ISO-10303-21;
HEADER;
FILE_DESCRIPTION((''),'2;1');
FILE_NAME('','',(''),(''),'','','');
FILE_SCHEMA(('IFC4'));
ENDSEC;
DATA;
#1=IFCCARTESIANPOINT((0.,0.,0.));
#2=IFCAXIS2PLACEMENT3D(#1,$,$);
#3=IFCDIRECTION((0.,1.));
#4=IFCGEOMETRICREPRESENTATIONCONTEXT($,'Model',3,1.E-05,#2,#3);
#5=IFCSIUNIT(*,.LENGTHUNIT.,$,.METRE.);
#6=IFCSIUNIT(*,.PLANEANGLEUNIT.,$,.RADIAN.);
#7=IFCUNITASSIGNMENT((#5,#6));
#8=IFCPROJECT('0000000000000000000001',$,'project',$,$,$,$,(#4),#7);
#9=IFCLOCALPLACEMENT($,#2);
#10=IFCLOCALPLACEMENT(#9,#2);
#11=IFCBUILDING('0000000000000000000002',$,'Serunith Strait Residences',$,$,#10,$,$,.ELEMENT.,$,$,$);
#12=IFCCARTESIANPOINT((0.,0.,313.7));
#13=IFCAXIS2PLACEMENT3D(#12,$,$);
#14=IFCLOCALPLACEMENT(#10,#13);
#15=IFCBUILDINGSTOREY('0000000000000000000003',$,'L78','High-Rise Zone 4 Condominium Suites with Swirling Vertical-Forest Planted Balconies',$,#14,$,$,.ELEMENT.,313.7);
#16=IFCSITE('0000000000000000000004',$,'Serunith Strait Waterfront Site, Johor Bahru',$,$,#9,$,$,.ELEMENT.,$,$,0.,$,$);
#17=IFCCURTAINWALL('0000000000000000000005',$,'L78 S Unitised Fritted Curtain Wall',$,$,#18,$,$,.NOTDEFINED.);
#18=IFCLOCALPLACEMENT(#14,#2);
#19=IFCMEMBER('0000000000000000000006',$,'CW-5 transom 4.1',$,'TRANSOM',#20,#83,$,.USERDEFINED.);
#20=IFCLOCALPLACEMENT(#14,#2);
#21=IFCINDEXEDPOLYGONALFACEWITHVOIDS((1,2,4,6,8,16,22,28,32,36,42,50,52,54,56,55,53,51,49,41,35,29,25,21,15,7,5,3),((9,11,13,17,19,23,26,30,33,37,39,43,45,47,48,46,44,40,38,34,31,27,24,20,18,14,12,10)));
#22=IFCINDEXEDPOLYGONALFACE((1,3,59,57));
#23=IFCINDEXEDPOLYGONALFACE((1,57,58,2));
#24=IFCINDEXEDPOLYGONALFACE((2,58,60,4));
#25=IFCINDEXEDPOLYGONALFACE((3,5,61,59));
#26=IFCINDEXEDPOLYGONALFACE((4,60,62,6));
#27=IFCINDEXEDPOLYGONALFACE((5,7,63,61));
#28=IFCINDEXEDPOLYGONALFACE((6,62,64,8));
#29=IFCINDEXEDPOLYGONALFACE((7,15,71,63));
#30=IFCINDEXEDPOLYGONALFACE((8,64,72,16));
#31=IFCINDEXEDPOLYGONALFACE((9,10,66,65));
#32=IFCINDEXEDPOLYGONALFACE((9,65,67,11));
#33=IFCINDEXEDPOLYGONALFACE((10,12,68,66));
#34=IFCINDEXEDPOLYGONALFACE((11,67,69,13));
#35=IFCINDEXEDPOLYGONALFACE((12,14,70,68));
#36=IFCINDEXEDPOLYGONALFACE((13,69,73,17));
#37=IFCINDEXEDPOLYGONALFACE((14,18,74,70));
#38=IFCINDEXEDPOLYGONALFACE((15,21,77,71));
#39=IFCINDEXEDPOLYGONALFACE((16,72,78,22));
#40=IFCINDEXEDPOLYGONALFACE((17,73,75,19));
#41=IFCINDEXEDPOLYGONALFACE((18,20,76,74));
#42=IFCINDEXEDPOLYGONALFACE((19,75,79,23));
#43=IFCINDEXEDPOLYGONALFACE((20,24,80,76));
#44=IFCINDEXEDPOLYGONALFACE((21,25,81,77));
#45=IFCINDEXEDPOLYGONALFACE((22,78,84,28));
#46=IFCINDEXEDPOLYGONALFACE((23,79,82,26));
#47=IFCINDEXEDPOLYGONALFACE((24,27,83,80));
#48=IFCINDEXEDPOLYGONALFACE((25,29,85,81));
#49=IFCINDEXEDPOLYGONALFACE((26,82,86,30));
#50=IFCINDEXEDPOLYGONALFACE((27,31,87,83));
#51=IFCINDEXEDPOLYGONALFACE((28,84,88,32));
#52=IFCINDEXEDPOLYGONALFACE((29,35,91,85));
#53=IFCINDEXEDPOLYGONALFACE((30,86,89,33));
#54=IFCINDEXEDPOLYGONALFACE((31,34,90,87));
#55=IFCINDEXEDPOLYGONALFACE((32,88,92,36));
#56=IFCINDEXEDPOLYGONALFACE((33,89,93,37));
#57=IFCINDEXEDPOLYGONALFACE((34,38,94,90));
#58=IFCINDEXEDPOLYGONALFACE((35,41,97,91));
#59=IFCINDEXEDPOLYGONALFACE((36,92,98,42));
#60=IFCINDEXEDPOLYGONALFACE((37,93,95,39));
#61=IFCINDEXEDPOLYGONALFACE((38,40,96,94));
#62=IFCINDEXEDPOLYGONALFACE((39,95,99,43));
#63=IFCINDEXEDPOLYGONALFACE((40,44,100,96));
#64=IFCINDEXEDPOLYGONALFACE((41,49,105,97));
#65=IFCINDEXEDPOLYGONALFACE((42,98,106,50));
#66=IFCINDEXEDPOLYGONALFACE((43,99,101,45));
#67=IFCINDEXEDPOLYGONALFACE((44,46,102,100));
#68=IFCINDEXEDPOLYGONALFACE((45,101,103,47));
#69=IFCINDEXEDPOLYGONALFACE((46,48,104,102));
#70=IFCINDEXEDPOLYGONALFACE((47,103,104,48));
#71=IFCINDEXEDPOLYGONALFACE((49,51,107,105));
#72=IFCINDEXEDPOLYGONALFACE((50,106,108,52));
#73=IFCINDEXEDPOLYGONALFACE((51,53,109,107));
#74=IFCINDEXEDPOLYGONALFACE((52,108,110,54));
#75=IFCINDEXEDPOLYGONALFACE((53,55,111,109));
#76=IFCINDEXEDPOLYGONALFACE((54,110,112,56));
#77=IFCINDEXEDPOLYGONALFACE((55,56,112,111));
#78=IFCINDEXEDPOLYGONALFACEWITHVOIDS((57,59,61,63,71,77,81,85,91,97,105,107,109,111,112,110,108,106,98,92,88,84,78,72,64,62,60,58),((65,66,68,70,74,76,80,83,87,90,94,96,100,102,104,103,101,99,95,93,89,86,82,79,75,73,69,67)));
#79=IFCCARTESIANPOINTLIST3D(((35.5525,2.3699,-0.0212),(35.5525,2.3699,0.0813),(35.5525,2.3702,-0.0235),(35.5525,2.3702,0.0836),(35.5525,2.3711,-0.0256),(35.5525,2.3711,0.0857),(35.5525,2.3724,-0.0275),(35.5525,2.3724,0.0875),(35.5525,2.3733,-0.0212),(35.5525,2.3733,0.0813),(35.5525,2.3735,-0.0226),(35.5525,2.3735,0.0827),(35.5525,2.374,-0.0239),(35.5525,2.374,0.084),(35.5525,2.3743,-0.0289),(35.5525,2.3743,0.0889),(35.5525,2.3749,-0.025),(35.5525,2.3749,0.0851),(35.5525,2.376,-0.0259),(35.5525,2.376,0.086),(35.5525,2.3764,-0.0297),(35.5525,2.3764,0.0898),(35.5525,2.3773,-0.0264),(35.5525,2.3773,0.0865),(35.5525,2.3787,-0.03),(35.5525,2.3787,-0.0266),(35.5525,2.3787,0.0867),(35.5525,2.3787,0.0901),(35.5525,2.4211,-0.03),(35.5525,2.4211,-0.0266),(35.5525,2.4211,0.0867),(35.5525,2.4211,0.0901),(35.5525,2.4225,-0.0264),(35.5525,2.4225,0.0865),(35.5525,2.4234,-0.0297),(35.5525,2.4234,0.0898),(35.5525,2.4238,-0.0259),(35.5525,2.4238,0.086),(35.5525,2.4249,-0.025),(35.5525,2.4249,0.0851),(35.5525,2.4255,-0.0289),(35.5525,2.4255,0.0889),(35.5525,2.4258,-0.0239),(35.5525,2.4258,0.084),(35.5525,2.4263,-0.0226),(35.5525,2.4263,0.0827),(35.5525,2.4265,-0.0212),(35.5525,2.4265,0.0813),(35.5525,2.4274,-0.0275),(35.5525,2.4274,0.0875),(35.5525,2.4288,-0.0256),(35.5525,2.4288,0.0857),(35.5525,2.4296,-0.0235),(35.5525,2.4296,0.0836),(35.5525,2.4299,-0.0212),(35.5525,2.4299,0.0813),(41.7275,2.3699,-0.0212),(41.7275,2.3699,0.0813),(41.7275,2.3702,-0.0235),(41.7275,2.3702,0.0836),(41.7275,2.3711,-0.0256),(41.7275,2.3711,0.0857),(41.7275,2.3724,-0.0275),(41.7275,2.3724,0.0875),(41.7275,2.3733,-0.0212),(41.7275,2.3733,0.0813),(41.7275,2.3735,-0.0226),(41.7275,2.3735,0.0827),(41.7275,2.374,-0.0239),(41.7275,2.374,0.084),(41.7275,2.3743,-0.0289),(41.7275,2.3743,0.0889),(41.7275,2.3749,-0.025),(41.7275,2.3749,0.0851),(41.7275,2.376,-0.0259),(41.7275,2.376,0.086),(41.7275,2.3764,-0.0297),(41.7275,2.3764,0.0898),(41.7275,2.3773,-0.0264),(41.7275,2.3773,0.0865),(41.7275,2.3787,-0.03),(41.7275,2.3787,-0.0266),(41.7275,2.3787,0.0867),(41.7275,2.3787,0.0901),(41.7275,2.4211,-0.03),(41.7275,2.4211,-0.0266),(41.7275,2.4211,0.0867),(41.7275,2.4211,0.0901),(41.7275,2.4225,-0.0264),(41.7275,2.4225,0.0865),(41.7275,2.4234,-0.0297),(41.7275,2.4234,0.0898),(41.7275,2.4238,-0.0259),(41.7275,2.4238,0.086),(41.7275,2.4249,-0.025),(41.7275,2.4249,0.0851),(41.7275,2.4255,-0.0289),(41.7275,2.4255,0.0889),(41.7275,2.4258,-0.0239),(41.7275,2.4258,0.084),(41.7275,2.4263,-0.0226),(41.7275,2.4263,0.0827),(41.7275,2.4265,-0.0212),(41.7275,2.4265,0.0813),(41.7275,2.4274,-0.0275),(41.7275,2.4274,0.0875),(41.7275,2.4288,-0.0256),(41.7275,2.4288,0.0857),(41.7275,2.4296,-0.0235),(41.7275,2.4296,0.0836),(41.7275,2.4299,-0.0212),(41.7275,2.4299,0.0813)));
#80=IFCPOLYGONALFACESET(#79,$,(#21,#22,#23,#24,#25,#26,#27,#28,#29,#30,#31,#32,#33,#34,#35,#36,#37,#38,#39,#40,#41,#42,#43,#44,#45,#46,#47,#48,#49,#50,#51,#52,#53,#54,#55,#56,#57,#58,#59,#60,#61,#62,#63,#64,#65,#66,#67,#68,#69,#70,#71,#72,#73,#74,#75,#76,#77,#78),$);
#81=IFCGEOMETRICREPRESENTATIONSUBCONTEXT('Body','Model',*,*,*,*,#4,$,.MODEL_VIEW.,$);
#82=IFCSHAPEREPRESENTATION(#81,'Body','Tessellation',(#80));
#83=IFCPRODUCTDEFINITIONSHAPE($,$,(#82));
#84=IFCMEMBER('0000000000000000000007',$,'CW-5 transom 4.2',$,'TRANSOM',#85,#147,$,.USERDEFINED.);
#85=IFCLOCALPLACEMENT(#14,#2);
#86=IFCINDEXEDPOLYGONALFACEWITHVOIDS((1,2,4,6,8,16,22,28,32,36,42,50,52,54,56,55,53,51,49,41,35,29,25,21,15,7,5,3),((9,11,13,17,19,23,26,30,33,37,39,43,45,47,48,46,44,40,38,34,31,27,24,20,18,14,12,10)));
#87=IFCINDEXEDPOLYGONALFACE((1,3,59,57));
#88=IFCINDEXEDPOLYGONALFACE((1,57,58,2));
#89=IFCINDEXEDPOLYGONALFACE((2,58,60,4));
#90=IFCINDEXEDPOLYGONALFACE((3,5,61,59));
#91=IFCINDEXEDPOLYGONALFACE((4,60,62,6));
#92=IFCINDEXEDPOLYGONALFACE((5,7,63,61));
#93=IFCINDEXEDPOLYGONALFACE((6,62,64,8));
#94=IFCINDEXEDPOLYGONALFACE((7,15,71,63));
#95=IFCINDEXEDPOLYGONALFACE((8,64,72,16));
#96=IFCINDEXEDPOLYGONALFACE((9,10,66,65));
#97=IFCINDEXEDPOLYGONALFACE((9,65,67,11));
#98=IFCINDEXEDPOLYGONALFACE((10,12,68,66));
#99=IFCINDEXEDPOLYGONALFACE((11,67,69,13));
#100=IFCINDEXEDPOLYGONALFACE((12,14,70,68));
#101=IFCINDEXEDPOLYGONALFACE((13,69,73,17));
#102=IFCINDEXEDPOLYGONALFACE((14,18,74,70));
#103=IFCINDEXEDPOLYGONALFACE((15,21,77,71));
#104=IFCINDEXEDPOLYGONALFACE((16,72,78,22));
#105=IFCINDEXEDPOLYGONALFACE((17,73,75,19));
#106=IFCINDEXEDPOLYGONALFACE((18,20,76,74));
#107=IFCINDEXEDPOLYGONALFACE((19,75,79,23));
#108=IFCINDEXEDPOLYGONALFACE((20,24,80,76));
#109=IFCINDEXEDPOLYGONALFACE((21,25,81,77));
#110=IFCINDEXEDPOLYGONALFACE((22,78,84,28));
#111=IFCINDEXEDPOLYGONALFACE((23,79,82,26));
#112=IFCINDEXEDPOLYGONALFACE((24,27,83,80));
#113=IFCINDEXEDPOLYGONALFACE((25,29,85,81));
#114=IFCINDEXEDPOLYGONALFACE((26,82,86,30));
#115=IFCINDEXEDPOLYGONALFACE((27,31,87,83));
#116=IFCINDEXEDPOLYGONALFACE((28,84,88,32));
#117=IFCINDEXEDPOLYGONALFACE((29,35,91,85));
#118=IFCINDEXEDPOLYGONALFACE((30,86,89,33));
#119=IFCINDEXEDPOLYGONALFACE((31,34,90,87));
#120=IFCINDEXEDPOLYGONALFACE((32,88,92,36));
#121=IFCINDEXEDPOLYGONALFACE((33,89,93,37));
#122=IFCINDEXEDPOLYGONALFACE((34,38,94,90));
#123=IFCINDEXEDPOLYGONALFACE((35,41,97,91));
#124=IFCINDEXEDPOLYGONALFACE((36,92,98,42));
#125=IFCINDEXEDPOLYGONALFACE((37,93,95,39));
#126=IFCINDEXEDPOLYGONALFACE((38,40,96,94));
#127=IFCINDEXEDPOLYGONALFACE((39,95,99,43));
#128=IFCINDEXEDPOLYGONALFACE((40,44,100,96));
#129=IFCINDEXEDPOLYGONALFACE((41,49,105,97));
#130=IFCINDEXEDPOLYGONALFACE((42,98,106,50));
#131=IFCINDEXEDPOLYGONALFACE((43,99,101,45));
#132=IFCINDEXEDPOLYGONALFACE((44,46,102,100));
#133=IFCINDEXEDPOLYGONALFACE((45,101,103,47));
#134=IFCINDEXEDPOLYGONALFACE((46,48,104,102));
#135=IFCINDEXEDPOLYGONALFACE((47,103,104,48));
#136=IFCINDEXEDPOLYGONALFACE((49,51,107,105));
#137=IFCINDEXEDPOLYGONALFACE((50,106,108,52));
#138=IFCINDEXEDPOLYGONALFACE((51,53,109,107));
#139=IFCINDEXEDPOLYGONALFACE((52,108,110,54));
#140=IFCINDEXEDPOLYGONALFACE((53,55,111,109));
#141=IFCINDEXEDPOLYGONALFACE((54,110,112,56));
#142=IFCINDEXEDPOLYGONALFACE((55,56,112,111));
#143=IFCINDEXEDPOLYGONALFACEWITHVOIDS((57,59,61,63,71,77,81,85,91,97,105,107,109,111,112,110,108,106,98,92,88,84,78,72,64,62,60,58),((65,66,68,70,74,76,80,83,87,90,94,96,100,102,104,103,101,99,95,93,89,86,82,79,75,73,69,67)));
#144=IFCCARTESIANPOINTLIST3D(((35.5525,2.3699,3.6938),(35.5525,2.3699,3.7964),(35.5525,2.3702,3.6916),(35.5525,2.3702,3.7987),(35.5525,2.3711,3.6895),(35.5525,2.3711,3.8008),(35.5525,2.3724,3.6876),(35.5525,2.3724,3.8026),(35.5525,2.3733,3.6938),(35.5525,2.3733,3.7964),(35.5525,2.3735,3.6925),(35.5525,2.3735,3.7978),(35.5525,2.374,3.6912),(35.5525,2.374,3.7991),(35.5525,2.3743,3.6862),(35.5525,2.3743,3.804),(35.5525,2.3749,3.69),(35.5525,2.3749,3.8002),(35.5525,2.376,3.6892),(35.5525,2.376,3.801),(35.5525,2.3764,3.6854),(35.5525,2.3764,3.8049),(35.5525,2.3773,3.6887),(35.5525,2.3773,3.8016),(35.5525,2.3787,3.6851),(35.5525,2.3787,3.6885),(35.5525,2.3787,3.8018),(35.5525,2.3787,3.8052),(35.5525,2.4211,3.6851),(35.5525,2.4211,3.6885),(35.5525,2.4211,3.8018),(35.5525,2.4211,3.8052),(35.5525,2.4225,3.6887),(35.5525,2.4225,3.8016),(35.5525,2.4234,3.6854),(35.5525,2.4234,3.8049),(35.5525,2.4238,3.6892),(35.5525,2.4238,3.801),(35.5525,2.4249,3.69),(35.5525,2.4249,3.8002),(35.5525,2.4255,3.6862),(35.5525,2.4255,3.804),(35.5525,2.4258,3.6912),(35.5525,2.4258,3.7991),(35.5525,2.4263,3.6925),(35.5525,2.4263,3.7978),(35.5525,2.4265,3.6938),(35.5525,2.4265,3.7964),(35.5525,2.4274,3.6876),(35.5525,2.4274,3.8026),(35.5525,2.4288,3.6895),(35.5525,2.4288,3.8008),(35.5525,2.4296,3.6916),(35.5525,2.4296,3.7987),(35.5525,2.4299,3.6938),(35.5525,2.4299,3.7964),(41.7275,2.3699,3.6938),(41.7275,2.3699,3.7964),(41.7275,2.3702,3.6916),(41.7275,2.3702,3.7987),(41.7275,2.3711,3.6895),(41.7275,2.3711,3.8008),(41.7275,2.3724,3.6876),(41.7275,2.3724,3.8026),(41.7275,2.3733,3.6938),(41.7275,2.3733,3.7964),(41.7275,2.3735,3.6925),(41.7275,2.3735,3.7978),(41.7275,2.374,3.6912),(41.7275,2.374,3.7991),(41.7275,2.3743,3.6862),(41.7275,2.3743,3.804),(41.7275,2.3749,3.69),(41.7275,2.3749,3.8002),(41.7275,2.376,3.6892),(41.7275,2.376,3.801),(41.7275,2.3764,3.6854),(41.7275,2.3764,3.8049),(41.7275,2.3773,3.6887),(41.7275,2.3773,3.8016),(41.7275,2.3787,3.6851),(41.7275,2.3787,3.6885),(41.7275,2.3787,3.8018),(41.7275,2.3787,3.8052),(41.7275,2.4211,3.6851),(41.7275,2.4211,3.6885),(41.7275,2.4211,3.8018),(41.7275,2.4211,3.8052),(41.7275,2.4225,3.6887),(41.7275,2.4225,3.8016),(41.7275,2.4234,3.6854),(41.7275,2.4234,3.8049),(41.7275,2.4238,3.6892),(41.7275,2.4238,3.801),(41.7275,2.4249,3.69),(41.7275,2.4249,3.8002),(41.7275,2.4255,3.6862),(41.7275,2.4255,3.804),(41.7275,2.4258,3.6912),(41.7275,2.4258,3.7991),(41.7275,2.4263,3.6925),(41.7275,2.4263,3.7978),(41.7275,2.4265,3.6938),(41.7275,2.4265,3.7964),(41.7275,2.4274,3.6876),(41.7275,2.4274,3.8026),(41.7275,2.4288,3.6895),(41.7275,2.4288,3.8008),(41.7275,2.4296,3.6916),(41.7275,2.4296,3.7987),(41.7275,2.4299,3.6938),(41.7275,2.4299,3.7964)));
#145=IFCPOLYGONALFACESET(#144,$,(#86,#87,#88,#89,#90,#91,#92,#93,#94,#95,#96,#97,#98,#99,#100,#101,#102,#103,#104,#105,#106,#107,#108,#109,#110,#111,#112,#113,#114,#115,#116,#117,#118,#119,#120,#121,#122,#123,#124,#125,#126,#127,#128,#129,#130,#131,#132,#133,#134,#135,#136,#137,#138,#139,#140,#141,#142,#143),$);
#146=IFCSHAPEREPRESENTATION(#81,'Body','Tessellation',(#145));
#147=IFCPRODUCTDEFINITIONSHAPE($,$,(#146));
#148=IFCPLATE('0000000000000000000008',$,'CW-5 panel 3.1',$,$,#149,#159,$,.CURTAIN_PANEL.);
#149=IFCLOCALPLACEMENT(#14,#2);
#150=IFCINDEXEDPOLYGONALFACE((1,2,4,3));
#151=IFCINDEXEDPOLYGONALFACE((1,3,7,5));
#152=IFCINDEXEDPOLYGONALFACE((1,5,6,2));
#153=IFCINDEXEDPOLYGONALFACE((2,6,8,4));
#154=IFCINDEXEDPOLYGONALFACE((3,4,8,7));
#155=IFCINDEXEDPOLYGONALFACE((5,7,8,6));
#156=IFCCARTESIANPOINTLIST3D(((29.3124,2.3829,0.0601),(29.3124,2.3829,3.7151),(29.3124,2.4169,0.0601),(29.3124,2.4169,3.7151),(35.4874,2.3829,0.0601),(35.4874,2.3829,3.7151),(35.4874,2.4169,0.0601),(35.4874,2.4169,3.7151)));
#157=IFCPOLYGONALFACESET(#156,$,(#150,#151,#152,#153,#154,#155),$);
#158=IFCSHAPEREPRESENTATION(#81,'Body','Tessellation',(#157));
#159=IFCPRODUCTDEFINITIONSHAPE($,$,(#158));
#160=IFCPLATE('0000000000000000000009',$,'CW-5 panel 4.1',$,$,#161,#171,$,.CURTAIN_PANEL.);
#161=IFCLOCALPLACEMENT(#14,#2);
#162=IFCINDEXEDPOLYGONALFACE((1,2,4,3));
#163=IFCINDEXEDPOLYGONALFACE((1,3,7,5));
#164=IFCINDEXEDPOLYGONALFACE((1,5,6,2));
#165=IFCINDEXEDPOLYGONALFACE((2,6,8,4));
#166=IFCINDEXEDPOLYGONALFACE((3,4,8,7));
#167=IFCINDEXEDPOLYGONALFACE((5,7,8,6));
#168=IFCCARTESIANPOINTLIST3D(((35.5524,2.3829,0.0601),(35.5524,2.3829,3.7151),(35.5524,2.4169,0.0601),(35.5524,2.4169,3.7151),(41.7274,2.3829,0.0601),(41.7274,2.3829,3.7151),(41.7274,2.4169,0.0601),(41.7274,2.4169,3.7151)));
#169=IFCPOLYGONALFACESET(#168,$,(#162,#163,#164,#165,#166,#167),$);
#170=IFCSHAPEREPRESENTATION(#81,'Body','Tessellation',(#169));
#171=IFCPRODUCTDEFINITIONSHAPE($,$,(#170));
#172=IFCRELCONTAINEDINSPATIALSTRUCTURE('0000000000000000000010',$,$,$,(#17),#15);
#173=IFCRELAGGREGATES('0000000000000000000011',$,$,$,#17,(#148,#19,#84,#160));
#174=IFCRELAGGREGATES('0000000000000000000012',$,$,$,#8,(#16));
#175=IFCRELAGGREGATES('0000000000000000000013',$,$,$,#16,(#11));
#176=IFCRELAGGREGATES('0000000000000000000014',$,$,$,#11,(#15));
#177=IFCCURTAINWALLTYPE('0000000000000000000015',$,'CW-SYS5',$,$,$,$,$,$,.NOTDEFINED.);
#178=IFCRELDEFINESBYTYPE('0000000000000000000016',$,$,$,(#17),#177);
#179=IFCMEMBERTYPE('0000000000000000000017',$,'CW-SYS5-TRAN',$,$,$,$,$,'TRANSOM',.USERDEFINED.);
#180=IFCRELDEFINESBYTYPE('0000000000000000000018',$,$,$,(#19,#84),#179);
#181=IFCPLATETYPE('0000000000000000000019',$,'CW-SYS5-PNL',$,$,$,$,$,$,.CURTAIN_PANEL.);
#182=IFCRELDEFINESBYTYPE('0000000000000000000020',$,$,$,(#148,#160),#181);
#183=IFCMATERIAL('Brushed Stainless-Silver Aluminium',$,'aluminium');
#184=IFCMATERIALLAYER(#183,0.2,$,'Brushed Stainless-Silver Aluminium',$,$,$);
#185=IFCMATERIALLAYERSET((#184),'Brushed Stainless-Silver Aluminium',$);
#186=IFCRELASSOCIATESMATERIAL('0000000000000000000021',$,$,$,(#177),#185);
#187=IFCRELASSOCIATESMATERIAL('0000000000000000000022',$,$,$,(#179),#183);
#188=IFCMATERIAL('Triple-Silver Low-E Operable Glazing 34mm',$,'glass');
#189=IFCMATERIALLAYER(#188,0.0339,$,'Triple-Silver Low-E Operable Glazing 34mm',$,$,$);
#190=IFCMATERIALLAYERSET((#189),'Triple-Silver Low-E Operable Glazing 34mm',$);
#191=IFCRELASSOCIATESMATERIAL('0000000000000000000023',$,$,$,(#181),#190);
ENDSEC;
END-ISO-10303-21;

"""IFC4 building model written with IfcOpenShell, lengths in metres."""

from ifc_helpers import new_model, si_unit, direction, frame, origin, origin_2d, place, context, subcontext, project, spatial, rectangle, hollow_rectangle, extrude, source, transform, mapped, material, layer, layer_set, material_profile, profile_set, type_object, element, aggregate, save


model = new_model("IFC4")

# Units and contexts
model_context = context("Model", 3, precision=1e-05, world=origin(), true_north=direction((0.0, 1.0)))
body_context = subcontext(model_context, "Body", "Model", "MODEL_VIEW")
ifc_project = project(units=[si_unit("LENGTHUNIT", "METRE"), si_unit("PLANEANGLEUNIT", "RADIAN")], contexts=[model_context])

# Site, building, storey
site_placement = place(None, origin())
site = spatial("IfcSite", under=ifc_project, at=site_placement, Name="Serunith Strait Waterfront Site, Johor Bahru", CompositionType="ELEMENT", RefElevation=0.0)
building_placement = place(site_placement, origin())
building = spatial("IfcBuilding", under=site, at=building_placement, Name="Serunith Strait Residences", CompositionType="ELEMENT")
storey_placement = place(building_placement, frame((0.0, 0.0, 313.7)))
storey = spatial("IfcBuildingStorey", under=building, at=storey_placement, Name="L78", Description="High-Rise Zone 4 Condominium Suites with Swirling Vertical-Forest Planted Balconies", CompositionType="ELEMENT", Elevation=313.7)

# Curtain wall, members, plates
ifc_material_1 = material(Name="Brushed Stainless-Silver Aluminium", Category="aluminium")
ifc_layer_1 = layer(ifc_material_1, 0.2, Name="Brushed Stainless-Silver Aluminium")
ifc_layer_set_1 = layer_set([ifc_layer_1], Name="Brushed Stainless-Silver Aluminium")
curtain_wall_type = type_object("IfcCurtainWallType", Name="CW-SYS5", PredefinedType="NOTDEFINED", material=ifc_layer_set_1)
curtain_wall_placement = place(storey_placement, origin())
curtain_wall = element("IfcCurtainWall", 1, at=curtain_wall_placement, inside=storey, type_object=curtain_wall_type, Name="L78 S Unitised Fritted Curtain Wall", PredefinedType="NOTDEFINED")
ifc_material_profile_1 = material_profile(ifc_material_1, hollow_rectangle(XDim=0.0601, YDim=0.1201, WallThickness=0.0034, InnerFilletRadius=0.0054, OuterFilletRadius=0.0088, at=origin_2d()), Name="ALU 120x60x3.5")
ifc_profile_set_1 = profile_set([ifc_material_profile_1], Name="Brushed Stainless-Silver Aluminium")
member_type_1 = type_object("IfcMemberType", Name="CW-SYS5-TRAN", ElementType="TRANSOM", PredefinedType="USERDEFINED", material=ifc_profile_set_1)
shared_shape_1 = source(origin(), body_context, "Body", "SweptSolid", [
    extrude(hollow_rectangle(XDim=0.0601, YDim=0.1201, WallThickness=0.0034, InnerFilletRadius=0.0054, OuterFilletRadius=0.0088, at=origin_2d()), origin(), (0.0, 0.0, 1.0), 6.175),
])
member_1_placement = place(storey_placement, frame((35.5525, 2.3999, 0.03), z_axis=(1.0, 0.0, 0.0), x_axis=(0.0, 1.0, 0.0)))
member_1 = element("IfcMember", 2, at=member_1_placement, type_object=member_type_1, Name="CW-5 transom 4.1", ObjectType="TRANSOM", PredefinedType="USERDEFINED", context=body_context, shape_type="MappedRepresentation", body=[
    mapped(shared_shape_1, transform((0.0, 0.0, 0.0), scale=1.0)),
])
member_2_placement = place(storey_placement, frame((35.5525, 2.3999, 3.7451), z_axis=(1.0, 0.0, 0.0), x_axis=(0.0, 1.0, 0.0)))
member_2 = element("IfcMember", 3, at=member_2_placement, type_object=member_type_1, Name="CW-5 transom 4.2", ObjectType="TRANSOM", PredefinedType="USERDEFINED", context=body_context, shape_type="MappedRepresentation", body=[
    mapped(shared_shape_1, transform((0.0, 0.0, 0.0), scale=1.0)),
])
ifc_material_2 = material(Name="Triple-Silver Low-E Operable Glazing 34mm", Category="glass")
ifc_layer_2 = layer(ifc_material_2, 0.0339, Name="Triple-Silver Low-E Operable Glazing 34mm")
ifc_layer_set_2 = layer_set([ifc_layer_2], Name="Triple-Silver Low-E Operable Glazing 34mm")
plate_type = type_object("IfcPlateType", Name="CW-SYS5-PNL", PredefinedType="CURTAIN_PANEL", material=ifc_layer_set_2)
shared_shape_2 = source(origin(), body_context, "Body", "SweptSolid", [
    extrude(rectangle(XDim=6.175, YDim=0.0339, at=origin_2d()), origin(), (0.0, 0.0, 1.0), 3.655),
])
plate_1_placement = place(storey_placement, frame((32.3999, 2.3999, 0.0601), z_axis=(0.0, 0.0, 1.0), x_axis=(1.0, 0.0, 0.0)))
plate_1 = element("IfcPlate", 4, at=plate_1_placement, type_object=plate_type, Name="CW-5 panel 3.1", PredefinedType="CURTAIN_PANEL", context=body_context, shape_type="MappedRepresentation", body=[
    mapped(shared_shape_2, transform((0.0, 0.0, 0.0), scale=1.0)),
])
plate_2_placement = place(storey_placement, frame((38.6399, 2.3999, 0.0601), z_axis=(0.0, 0.0, 1.0), x_axis=(1.0, 0.0, 0.0)))
plate_2 = element("IfcPlate", 5, at=plate_2_placement, type_object=plate_type, Name="CW-5 panel 4.1", PredefinedType="CURTAIN_PANEL", context=body_context, shape_type="MappedRepresentation", body=[
    mapped(shared_shape_2, transform((0.0, 0.0, 0.0), scale=1.0)),
])
aggregate(curtain_wall, [plate_1, member_1, member_2, plate_2])

save(model, "model.ifc")
